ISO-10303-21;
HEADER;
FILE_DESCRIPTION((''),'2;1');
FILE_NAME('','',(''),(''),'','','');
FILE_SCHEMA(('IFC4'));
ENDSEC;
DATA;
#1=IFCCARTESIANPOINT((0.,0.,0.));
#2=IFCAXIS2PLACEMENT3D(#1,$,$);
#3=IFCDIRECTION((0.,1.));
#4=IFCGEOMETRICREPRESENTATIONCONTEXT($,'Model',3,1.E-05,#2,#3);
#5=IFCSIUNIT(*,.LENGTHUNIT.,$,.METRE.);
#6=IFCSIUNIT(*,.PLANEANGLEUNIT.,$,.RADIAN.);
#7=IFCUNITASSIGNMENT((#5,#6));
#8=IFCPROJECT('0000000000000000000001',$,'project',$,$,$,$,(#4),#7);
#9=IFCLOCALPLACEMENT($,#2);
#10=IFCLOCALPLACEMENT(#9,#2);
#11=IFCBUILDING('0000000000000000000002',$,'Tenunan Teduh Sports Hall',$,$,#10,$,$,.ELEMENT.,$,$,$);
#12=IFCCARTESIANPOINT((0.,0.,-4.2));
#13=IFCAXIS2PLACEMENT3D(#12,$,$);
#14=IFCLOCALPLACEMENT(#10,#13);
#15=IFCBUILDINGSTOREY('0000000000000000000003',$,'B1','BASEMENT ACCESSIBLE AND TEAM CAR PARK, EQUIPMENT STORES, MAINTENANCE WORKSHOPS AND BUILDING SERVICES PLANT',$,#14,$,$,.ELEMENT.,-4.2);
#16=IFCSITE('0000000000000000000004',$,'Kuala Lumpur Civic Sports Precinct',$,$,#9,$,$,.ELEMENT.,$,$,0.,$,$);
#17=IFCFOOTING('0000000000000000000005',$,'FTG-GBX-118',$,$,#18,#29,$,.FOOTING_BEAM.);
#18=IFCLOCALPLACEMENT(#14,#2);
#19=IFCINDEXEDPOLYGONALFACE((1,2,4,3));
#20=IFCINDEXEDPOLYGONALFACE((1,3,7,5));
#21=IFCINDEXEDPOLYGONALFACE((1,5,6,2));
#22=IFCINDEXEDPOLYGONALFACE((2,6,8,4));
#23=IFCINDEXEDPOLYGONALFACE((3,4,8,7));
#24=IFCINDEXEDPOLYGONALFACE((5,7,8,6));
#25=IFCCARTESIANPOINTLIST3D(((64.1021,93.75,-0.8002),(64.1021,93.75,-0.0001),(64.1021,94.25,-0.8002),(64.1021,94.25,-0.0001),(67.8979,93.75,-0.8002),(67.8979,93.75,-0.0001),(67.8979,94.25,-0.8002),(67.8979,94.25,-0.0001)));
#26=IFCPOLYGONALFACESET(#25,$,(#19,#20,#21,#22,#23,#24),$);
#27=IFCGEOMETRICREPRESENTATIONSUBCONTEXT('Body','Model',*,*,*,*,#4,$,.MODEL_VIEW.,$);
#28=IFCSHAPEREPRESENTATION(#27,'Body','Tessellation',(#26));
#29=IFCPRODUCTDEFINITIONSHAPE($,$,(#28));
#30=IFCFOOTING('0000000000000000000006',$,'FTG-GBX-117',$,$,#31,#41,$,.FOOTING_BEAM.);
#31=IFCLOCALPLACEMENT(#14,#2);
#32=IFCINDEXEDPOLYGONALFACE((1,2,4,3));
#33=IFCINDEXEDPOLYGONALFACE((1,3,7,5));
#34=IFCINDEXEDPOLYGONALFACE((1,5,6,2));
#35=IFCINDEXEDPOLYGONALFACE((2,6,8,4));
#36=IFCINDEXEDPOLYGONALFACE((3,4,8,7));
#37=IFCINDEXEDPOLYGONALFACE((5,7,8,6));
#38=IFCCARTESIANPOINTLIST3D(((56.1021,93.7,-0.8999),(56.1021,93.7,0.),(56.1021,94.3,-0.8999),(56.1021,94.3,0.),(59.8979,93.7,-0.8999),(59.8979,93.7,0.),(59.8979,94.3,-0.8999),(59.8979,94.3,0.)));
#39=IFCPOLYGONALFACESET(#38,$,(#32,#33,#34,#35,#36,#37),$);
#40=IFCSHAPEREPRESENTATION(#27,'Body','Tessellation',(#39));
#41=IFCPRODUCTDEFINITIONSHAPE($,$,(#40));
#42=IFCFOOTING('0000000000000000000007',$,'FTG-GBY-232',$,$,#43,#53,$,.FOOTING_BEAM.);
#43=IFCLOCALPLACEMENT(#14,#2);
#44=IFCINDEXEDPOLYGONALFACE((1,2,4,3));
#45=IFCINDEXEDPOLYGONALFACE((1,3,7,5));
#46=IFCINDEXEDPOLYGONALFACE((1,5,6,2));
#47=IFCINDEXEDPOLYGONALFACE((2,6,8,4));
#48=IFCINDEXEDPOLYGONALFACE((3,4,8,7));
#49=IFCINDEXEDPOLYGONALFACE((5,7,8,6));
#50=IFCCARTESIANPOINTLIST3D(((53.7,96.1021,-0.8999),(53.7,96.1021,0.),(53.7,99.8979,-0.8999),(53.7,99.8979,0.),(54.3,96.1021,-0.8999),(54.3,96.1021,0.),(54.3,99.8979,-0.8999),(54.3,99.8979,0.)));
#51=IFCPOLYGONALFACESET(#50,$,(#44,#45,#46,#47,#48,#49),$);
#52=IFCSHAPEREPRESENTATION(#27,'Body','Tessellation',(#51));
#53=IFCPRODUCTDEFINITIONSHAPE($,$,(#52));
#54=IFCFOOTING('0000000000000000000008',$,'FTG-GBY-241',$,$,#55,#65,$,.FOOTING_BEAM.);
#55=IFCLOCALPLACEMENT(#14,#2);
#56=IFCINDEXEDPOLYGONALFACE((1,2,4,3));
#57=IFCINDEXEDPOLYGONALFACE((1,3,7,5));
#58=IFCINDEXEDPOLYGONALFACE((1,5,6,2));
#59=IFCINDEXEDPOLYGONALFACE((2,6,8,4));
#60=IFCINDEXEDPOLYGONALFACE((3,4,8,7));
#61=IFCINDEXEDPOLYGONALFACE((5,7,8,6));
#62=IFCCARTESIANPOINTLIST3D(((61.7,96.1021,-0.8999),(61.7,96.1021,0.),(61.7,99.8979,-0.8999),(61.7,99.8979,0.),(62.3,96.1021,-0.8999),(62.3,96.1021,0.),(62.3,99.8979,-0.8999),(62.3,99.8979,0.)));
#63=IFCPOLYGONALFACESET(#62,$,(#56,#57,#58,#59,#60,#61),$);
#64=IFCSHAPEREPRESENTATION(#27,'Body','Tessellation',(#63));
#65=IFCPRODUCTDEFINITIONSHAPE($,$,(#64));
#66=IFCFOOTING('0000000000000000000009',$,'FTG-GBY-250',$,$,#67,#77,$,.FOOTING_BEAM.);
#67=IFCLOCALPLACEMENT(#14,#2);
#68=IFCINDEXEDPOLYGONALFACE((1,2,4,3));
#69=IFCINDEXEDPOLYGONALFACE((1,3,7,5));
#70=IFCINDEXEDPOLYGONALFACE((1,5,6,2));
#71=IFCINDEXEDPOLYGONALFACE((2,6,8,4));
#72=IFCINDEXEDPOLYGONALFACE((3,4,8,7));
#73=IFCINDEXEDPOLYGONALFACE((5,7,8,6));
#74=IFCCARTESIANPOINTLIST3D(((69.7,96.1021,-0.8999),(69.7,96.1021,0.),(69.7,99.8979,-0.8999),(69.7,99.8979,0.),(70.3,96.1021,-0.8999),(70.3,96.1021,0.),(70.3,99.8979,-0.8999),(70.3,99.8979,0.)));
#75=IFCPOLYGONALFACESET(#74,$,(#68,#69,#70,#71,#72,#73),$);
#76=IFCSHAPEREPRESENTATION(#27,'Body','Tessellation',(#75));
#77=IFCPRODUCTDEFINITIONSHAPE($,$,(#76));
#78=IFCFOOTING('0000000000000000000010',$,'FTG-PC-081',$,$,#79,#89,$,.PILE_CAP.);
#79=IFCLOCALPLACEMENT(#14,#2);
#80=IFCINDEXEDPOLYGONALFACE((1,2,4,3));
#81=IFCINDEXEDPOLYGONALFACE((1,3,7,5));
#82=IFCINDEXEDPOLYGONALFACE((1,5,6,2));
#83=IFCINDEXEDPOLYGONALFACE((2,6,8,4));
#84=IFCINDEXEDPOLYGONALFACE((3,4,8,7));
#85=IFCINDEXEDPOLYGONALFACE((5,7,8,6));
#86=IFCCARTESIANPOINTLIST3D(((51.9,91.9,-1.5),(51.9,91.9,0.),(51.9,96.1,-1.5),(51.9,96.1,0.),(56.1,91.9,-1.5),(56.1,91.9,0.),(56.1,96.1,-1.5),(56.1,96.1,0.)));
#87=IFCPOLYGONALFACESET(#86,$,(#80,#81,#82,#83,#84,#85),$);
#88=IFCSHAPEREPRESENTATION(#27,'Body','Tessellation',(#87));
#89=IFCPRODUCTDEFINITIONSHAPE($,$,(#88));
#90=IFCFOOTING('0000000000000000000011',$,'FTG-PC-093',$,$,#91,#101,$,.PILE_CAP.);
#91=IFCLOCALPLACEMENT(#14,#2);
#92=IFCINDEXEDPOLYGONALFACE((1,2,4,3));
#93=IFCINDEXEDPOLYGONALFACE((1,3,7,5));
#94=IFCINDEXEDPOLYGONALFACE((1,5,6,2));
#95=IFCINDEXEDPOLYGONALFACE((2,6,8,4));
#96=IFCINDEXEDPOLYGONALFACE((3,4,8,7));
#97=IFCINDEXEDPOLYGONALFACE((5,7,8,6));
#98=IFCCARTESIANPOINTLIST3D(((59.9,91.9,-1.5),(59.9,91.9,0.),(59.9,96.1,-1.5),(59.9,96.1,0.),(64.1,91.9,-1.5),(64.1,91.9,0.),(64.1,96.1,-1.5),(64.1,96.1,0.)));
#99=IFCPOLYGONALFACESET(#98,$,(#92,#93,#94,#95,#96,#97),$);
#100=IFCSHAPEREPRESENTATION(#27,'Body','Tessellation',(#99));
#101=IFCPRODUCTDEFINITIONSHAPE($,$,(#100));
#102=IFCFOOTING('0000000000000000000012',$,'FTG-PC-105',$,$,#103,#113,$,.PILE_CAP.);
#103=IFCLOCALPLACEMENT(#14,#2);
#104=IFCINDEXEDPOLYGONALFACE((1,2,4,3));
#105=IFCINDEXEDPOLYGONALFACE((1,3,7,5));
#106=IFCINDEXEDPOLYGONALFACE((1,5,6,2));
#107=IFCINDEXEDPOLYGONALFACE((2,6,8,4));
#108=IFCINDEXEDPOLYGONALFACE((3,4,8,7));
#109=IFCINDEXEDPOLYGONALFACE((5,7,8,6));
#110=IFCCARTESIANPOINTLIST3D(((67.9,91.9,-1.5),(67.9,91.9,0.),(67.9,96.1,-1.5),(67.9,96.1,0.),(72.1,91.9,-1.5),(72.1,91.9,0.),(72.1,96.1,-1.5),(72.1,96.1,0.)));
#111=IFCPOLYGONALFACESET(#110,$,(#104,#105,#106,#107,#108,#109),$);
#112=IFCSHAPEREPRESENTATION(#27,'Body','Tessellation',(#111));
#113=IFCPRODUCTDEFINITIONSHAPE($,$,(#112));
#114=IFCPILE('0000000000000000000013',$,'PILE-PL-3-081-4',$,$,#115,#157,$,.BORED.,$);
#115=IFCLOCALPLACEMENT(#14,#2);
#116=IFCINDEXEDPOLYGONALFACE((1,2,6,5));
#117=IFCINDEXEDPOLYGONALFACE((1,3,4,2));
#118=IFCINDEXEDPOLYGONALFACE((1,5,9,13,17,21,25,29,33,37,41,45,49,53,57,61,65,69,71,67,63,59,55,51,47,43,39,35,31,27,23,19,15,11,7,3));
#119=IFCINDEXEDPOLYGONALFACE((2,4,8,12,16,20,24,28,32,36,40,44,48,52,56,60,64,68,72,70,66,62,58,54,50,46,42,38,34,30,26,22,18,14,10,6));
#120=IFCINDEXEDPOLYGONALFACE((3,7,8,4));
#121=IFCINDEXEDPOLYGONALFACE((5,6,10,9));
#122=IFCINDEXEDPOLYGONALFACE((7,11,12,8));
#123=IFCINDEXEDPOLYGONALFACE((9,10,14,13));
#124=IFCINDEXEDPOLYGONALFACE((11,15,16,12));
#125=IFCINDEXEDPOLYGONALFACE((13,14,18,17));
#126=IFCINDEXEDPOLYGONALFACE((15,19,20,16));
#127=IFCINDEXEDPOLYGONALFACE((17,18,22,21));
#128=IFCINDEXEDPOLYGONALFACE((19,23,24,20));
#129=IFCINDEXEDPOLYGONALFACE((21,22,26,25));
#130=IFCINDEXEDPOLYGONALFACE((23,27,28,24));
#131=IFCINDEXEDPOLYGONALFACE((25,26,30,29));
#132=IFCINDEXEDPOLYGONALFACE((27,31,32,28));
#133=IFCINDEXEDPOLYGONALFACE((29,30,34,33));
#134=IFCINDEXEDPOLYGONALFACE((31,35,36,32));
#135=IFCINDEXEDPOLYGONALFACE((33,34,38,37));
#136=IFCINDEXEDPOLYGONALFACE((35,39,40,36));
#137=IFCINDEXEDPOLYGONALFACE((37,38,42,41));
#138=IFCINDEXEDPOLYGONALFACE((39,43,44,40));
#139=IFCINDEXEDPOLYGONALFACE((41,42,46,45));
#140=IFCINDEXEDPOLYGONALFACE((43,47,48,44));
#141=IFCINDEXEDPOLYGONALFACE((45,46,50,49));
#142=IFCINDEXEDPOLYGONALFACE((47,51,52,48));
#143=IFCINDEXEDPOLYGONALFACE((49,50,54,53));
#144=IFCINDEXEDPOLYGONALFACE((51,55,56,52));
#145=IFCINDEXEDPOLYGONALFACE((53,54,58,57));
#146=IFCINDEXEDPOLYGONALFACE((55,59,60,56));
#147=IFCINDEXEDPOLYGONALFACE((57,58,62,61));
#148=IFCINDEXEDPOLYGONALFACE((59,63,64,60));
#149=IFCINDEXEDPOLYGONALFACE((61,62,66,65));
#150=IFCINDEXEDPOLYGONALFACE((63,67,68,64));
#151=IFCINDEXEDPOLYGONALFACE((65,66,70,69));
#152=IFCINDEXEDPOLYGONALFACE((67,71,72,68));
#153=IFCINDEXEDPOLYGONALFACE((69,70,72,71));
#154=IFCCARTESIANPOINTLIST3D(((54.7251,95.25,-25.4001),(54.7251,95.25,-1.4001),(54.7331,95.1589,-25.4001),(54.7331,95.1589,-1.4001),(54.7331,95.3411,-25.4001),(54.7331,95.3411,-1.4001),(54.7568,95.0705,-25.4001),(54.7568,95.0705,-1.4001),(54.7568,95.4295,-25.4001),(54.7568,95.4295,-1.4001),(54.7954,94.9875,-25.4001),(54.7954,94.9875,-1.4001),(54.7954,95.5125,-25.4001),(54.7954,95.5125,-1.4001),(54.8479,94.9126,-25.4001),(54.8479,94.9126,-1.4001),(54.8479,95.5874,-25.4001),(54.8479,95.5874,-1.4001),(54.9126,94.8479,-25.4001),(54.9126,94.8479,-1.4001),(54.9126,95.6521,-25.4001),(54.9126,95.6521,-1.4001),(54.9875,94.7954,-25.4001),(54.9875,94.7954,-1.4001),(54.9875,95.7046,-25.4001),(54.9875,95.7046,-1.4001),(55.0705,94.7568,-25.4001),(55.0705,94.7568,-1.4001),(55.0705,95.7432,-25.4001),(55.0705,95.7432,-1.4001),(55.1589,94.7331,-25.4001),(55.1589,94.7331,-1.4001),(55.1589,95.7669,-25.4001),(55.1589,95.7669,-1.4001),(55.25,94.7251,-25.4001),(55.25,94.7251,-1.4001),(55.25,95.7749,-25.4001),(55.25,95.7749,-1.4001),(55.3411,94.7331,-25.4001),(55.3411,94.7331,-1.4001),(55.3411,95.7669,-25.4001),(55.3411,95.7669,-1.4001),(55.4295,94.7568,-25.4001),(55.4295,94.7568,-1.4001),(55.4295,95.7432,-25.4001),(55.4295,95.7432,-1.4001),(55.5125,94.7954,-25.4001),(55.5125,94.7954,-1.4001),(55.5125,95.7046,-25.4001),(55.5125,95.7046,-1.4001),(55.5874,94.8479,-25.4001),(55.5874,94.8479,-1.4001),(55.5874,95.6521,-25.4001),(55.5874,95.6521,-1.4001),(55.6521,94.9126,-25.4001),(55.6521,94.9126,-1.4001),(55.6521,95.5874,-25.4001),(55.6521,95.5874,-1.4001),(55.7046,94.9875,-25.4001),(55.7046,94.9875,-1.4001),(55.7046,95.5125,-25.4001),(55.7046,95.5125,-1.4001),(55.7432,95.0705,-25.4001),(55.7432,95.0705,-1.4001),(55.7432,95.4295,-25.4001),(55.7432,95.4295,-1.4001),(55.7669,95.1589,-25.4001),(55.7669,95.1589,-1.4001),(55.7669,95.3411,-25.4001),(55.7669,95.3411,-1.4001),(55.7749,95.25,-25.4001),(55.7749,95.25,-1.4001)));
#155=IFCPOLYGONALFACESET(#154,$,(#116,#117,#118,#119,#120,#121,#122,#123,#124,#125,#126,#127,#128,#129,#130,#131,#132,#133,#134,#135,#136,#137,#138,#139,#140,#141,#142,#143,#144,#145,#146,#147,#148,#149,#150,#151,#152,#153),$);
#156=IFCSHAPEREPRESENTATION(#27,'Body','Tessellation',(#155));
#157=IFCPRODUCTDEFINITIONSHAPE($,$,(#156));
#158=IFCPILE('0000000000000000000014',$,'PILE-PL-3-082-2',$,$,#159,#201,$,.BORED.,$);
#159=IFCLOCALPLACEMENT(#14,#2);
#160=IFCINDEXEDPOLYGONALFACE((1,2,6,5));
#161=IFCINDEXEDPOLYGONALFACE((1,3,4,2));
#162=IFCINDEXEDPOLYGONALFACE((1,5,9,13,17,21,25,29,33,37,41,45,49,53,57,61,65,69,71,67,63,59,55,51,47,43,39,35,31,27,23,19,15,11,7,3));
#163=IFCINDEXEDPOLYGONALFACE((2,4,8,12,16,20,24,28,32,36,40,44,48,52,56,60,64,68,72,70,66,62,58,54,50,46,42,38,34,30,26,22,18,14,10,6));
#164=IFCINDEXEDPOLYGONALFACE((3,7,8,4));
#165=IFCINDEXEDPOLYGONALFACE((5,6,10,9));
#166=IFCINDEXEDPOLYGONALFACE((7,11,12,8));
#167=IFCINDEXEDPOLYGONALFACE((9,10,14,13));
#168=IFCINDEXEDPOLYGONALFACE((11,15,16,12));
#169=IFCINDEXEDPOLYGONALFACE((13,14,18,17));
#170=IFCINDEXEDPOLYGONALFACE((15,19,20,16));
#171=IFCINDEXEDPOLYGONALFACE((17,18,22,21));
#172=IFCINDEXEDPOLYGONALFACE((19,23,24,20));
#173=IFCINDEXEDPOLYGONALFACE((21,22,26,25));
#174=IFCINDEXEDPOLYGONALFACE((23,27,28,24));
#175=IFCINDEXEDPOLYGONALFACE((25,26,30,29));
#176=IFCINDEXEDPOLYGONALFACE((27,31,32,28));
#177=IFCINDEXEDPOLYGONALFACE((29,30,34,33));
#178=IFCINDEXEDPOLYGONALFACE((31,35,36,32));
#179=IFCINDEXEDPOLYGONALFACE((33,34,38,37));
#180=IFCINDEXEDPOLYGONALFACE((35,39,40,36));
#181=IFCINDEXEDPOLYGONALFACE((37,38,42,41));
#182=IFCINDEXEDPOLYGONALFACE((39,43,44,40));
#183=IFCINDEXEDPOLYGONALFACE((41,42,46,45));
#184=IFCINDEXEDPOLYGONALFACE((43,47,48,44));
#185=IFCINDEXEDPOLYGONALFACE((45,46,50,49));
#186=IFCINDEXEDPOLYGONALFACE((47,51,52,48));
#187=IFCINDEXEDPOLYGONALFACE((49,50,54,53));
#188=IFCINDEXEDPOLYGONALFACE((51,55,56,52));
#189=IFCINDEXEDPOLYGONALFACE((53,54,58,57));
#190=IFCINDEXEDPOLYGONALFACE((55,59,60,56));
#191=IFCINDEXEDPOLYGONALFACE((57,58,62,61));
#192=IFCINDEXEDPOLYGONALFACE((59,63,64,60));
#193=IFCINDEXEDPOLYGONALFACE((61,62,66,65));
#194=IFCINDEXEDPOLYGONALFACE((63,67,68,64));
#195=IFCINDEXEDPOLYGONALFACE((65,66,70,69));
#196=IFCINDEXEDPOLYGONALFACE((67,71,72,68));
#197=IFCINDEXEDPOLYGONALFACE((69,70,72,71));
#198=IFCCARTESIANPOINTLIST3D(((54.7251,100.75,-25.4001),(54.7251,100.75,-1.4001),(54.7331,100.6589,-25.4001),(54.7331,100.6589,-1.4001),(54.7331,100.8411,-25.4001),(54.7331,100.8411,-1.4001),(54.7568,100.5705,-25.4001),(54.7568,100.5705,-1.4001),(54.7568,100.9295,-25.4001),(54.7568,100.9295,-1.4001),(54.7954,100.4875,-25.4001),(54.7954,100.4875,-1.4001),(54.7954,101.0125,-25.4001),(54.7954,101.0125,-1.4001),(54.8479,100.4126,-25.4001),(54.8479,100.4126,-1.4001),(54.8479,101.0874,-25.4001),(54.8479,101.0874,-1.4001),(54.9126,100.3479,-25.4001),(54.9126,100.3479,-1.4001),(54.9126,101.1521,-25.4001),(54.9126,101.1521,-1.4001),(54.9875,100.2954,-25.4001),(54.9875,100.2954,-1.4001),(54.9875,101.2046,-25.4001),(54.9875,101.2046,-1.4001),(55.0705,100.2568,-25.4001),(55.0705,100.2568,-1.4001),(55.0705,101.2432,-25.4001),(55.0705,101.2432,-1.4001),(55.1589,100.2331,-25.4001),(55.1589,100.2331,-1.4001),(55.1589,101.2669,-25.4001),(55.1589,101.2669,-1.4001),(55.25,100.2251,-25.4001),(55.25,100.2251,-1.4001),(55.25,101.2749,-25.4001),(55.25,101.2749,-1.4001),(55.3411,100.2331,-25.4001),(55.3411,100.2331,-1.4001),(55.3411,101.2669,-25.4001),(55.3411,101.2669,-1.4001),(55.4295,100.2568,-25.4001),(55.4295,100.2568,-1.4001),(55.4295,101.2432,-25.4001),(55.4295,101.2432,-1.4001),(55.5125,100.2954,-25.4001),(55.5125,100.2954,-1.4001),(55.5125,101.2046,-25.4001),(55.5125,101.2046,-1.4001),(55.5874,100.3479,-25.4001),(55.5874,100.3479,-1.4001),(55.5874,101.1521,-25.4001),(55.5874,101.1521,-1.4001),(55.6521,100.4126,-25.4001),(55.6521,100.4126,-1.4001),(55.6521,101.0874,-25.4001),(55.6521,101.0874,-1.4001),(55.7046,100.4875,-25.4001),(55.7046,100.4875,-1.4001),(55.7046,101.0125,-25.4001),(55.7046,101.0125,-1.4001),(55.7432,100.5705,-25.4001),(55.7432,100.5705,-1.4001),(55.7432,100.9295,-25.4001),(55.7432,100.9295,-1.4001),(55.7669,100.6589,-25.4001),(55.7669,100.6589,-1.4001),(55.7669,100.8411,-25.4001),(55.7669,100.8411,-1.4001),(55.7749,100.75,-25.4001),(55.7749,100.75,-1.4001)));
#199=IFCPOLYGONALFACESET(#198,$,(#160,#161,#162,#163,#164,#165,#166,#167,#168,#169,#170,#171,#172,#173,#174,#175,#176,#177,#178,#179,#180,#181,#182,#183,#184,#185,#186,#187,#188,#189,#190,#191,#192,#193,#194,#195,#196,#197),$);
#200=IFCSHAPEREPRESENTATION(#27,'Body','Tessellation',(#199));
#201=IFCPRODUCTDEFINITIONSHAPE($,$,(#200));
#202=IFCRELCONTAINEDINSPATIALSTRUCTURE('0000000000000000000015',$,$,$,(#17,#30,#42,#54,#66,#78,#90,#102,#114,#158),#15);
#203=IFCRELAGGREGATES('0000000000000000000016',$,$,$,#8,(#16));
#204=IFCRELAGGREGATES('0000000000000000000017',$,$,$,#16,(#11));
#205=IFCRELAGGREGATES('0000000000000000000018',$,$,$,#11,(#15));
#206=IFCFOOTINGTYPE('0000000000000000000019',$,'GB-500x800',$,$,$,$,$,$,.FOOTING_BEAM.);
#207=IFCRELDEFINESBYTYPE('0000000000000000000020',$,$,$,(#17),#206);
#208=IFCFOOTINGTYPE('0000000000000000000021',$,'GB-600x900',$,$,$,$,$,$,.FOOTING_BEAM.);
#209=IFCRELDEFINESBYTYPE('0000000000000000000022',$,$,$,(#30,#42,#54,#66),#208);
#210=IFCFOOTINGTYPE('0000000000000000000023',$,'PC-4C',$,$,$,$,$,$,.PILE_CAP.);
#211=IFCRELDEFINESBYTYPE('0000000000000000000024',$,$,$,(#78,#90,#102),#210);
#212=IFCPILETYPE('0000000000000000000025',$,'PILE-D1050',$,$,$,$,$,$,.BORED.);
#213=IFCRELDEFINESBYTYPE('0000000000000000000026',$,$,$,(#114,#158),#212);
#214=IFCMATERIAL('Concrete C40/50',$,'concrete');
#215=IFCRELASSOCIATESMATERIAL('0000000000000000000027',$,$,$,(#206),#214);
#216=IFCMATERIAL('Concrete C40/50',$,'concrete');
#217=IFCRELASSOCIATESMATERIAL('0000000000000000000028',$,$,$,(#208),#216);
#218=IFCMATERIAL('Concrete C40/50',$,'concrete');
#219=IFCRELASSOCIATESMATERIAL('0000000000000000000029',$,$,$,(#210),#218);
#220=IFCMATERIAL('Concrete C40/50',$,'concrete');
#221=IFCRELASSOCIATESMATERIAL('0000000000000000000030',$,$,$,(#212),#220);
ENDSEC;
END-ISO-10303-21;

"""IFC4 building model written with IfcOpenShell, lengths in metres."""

from ifc_helpers import new_model, si_unit, direction, frame, origin, origin_2d, place, context, subcontext, project, spatial, rectangle, circle, extrude, material, material_profile, profile_set, type_object, element, save


model = new_model("IFC4")

# Units and contexts
model_context = context("Model", 3, precision=1e-05, world=origin(), true_north=direction((0.0, 1.0)))
body_context = subcontext(model_context, "Body", "Model", "MODEL_VIEW")
ifc_project = project(units=[si_unit("LENGTHUNIT", "METRE"), si_unit("PLANEANGLEUNIT", "RADIAN")], contexts=[model_context])

# Site, building, storey
site_placement = place(None, origin())
site = spatial("IfcSite", under=ifc_project, at=site_placement, Name="Kuala Lumpur Civic Sports Precinct", CompositionType="ELEMENT", RefElevation=0.0)
building_placement = place(site_placement, origin())
building = spatial("IfcBuilding", under=site, at=building_placement, Name="Tenunan Teduh Sports Hall", CompositionType="ELEMENT")
storey_placement = place(building_placement, frame((0.0, 0.0, -4.2)))
storey = spatial("IfcBuildingStorey", under=building, at=storey_placement, Name="B1", Description="BASEMENT ACCESSIBLE AND TEAM CAR PARK, EQUIPMENT STORES, MAINTENANCE WORKSHOPS AND BUILDING SERVICES PLANT", CompositionType="ELEMENT", Elevation=-4.2)

# Footings
ifc_material_1 = material(Name="Concrete C40/50", Category="concrete")
ifc_material_profile_1 = material_profile(ifc_material_1, rectangle(XDim=0.5, YDim=0.8, at=origin_2d()), Name="RCB 500x800")
ifc_profile_set_1 = profile_set([ifc_material_profile_1], Name="Concrete C40/50")
footing_type_1 = type_object("IfcFootingType", Name="GB-500x800", PredefinedType="FOOTING_BEAM", material=ifc_profile_set_1)
footing_placement = place(storey_placement, frame((64.1021, 94.0, -0.4001), z_axis=(1.0, 0.0, 0.0), x_axis=(0.0, 1.0, 0.0)))
element("IfcFooting", 1, at=footing_placement, inside=storey, type_object=footing_type_1, Name="FTG-GBX-118", PredefinedType="FOOTING_BEAM", context=body_context, shape_type="SweptSolid", body=[
    extrude(rectangle(XDim=0.5, YDim=0.8, at=origin_2d()), origin(), (0.0, 0.0, 1.0), 3.7959),
])
ifc_material_2 = material(Name="Concrete C40/50", Category="concrete")
ifc_material_profile_2 = material_profile(ifc_material_2, rectangle(XDim=0.6001, YDim=0.8999, at=origin_2d()), Name="RCB 600x900")
ifc_profile_set_2 = profile_set([ifc_material_profile_2], Name="Concrete C40/50")
footing_type_2 = type_object("IfcFootingType", Name="GB-600x900", PredefinedType="FOOTING_BEAM", material=ifc_profile_set_2)
for number, where, z_axis, x_axis, name in (
    (2, (56.1021, 94.0, -0.45), (1.0, 0.0, 0.0), (0.0, 1.0, 0.0), "FTG-GBX-117"),
    (3, (54.0, 96.1021, -0.45), (0.0, 1.0, 0.0), (-1.0, 0.0, 0.0), "FTG-GBY-232"),
    (4, (62.0, 96.1021, -0.45), (0.0, 1.0, 0.0), (-1.0, 0.0, 0.0), "FTG-GBY-241"),
    (5, (70.0, 96.1021, -0.45), (0.0, 1.0, 0.0), (-1.0, 0.0, 0.0), "FTG-GBY-250"),
):
    element("IfcFooting", number, at=place(storey_placement, frame(where, z_axis=z_axis, x_axis=x_axis)), inside=storey, type_object=footing_type_2, Name=name, PredefinedType="FOOTING_BEAM", context=body_context, shape_type="SweptSolid", body=[
        extrude(rectangle(XDim=0.6001, YDim=0.8999, at=origin_2d()), origin(), (0.0, 0.0, 1.0), 3.7959),
    ])
ifc_material_3 = material(Name="Concrete C40/50", Category="concrete")
footing_type_3 = type_object("IfcFootingType", Name="PC-4C", PredefinedType="PILE_CAP", material=ifc_material_3)
for number, where, z_axis, x_axis, name in (
    (6, (54.0, 94.0, -1.5), (0.0, 0.0, 1.0), (1.0, 0.0, 0.0), "FTG-PC-081"),
    (7, (62.0, 94.0, -1.5), (0.0, 0.0, 1.0), (1.0, 0.0, 0.0), "FTG-PC-093"),
    (8, (70.0, 94.0, -1.5), (0.0, 0.0, 1.0), (1.0, 0.0, 0.0), "FTG-PC-105"),
):
    element("IfcFooting", number, at=place(storey_placement, frame(where, z_axis=z_axis, x_axis=x_axis)), inside=storey, type_object=footing_type_3, Name=name, PredefinedType="PILE_CAP", context=body_context, shape_type="SweptSolid", body=[
        extrude(rectangle(XDim=4.2, YDim=4.2, at=origin_2d()), origin(), (0.0, 0.0, 1.0), 1.5),
    ])

# Piles
ifc_material_4 = material(Name="Concrete C40/50", Category="concrete")
ifc_material_profile_3 = material_profile(ifc_material_4, circle(Radius=0.5249, at=origin_2d()), Name="PILE D1050")
ifc_profile_set_3 = profile_set([ifc_material_profile_3], Name="Concrete C40/50")
pile_type = type_object("IfcPileType", Name="PILE-D1050", PredefinedType="BORED", material=ifc_profile_set_3)
for number, where, z_axis, x_axis, name in (
    (9, (55.25, 95.25, -1.4001), (0.0, 0.0, -1.0), (1.0, 0.0, 0.0), "PILE-PL-3-081-4"),
    (10, (55.25, 100.75, -1.4001), (0.0, 0.0, -1.0), (1.0, 0.0, 0.0), "PILE-PL-3-082-2"),
):
    element("IfcPile", number, at=place(storey_placement, frame(where, z_axis=z_axis, x_axis=x_axis)), inside=storey, type_object=pile_type, Name=name, PredefinedType="BORED", context=body_context, shape_type="SweptSolid", body=[
        extrude(circle(Radius=0.5249, at=origin_2d()), origin(), (0.0, 0.0, 1.0), 24.0),
    ])

save(model, "model.ifc")
